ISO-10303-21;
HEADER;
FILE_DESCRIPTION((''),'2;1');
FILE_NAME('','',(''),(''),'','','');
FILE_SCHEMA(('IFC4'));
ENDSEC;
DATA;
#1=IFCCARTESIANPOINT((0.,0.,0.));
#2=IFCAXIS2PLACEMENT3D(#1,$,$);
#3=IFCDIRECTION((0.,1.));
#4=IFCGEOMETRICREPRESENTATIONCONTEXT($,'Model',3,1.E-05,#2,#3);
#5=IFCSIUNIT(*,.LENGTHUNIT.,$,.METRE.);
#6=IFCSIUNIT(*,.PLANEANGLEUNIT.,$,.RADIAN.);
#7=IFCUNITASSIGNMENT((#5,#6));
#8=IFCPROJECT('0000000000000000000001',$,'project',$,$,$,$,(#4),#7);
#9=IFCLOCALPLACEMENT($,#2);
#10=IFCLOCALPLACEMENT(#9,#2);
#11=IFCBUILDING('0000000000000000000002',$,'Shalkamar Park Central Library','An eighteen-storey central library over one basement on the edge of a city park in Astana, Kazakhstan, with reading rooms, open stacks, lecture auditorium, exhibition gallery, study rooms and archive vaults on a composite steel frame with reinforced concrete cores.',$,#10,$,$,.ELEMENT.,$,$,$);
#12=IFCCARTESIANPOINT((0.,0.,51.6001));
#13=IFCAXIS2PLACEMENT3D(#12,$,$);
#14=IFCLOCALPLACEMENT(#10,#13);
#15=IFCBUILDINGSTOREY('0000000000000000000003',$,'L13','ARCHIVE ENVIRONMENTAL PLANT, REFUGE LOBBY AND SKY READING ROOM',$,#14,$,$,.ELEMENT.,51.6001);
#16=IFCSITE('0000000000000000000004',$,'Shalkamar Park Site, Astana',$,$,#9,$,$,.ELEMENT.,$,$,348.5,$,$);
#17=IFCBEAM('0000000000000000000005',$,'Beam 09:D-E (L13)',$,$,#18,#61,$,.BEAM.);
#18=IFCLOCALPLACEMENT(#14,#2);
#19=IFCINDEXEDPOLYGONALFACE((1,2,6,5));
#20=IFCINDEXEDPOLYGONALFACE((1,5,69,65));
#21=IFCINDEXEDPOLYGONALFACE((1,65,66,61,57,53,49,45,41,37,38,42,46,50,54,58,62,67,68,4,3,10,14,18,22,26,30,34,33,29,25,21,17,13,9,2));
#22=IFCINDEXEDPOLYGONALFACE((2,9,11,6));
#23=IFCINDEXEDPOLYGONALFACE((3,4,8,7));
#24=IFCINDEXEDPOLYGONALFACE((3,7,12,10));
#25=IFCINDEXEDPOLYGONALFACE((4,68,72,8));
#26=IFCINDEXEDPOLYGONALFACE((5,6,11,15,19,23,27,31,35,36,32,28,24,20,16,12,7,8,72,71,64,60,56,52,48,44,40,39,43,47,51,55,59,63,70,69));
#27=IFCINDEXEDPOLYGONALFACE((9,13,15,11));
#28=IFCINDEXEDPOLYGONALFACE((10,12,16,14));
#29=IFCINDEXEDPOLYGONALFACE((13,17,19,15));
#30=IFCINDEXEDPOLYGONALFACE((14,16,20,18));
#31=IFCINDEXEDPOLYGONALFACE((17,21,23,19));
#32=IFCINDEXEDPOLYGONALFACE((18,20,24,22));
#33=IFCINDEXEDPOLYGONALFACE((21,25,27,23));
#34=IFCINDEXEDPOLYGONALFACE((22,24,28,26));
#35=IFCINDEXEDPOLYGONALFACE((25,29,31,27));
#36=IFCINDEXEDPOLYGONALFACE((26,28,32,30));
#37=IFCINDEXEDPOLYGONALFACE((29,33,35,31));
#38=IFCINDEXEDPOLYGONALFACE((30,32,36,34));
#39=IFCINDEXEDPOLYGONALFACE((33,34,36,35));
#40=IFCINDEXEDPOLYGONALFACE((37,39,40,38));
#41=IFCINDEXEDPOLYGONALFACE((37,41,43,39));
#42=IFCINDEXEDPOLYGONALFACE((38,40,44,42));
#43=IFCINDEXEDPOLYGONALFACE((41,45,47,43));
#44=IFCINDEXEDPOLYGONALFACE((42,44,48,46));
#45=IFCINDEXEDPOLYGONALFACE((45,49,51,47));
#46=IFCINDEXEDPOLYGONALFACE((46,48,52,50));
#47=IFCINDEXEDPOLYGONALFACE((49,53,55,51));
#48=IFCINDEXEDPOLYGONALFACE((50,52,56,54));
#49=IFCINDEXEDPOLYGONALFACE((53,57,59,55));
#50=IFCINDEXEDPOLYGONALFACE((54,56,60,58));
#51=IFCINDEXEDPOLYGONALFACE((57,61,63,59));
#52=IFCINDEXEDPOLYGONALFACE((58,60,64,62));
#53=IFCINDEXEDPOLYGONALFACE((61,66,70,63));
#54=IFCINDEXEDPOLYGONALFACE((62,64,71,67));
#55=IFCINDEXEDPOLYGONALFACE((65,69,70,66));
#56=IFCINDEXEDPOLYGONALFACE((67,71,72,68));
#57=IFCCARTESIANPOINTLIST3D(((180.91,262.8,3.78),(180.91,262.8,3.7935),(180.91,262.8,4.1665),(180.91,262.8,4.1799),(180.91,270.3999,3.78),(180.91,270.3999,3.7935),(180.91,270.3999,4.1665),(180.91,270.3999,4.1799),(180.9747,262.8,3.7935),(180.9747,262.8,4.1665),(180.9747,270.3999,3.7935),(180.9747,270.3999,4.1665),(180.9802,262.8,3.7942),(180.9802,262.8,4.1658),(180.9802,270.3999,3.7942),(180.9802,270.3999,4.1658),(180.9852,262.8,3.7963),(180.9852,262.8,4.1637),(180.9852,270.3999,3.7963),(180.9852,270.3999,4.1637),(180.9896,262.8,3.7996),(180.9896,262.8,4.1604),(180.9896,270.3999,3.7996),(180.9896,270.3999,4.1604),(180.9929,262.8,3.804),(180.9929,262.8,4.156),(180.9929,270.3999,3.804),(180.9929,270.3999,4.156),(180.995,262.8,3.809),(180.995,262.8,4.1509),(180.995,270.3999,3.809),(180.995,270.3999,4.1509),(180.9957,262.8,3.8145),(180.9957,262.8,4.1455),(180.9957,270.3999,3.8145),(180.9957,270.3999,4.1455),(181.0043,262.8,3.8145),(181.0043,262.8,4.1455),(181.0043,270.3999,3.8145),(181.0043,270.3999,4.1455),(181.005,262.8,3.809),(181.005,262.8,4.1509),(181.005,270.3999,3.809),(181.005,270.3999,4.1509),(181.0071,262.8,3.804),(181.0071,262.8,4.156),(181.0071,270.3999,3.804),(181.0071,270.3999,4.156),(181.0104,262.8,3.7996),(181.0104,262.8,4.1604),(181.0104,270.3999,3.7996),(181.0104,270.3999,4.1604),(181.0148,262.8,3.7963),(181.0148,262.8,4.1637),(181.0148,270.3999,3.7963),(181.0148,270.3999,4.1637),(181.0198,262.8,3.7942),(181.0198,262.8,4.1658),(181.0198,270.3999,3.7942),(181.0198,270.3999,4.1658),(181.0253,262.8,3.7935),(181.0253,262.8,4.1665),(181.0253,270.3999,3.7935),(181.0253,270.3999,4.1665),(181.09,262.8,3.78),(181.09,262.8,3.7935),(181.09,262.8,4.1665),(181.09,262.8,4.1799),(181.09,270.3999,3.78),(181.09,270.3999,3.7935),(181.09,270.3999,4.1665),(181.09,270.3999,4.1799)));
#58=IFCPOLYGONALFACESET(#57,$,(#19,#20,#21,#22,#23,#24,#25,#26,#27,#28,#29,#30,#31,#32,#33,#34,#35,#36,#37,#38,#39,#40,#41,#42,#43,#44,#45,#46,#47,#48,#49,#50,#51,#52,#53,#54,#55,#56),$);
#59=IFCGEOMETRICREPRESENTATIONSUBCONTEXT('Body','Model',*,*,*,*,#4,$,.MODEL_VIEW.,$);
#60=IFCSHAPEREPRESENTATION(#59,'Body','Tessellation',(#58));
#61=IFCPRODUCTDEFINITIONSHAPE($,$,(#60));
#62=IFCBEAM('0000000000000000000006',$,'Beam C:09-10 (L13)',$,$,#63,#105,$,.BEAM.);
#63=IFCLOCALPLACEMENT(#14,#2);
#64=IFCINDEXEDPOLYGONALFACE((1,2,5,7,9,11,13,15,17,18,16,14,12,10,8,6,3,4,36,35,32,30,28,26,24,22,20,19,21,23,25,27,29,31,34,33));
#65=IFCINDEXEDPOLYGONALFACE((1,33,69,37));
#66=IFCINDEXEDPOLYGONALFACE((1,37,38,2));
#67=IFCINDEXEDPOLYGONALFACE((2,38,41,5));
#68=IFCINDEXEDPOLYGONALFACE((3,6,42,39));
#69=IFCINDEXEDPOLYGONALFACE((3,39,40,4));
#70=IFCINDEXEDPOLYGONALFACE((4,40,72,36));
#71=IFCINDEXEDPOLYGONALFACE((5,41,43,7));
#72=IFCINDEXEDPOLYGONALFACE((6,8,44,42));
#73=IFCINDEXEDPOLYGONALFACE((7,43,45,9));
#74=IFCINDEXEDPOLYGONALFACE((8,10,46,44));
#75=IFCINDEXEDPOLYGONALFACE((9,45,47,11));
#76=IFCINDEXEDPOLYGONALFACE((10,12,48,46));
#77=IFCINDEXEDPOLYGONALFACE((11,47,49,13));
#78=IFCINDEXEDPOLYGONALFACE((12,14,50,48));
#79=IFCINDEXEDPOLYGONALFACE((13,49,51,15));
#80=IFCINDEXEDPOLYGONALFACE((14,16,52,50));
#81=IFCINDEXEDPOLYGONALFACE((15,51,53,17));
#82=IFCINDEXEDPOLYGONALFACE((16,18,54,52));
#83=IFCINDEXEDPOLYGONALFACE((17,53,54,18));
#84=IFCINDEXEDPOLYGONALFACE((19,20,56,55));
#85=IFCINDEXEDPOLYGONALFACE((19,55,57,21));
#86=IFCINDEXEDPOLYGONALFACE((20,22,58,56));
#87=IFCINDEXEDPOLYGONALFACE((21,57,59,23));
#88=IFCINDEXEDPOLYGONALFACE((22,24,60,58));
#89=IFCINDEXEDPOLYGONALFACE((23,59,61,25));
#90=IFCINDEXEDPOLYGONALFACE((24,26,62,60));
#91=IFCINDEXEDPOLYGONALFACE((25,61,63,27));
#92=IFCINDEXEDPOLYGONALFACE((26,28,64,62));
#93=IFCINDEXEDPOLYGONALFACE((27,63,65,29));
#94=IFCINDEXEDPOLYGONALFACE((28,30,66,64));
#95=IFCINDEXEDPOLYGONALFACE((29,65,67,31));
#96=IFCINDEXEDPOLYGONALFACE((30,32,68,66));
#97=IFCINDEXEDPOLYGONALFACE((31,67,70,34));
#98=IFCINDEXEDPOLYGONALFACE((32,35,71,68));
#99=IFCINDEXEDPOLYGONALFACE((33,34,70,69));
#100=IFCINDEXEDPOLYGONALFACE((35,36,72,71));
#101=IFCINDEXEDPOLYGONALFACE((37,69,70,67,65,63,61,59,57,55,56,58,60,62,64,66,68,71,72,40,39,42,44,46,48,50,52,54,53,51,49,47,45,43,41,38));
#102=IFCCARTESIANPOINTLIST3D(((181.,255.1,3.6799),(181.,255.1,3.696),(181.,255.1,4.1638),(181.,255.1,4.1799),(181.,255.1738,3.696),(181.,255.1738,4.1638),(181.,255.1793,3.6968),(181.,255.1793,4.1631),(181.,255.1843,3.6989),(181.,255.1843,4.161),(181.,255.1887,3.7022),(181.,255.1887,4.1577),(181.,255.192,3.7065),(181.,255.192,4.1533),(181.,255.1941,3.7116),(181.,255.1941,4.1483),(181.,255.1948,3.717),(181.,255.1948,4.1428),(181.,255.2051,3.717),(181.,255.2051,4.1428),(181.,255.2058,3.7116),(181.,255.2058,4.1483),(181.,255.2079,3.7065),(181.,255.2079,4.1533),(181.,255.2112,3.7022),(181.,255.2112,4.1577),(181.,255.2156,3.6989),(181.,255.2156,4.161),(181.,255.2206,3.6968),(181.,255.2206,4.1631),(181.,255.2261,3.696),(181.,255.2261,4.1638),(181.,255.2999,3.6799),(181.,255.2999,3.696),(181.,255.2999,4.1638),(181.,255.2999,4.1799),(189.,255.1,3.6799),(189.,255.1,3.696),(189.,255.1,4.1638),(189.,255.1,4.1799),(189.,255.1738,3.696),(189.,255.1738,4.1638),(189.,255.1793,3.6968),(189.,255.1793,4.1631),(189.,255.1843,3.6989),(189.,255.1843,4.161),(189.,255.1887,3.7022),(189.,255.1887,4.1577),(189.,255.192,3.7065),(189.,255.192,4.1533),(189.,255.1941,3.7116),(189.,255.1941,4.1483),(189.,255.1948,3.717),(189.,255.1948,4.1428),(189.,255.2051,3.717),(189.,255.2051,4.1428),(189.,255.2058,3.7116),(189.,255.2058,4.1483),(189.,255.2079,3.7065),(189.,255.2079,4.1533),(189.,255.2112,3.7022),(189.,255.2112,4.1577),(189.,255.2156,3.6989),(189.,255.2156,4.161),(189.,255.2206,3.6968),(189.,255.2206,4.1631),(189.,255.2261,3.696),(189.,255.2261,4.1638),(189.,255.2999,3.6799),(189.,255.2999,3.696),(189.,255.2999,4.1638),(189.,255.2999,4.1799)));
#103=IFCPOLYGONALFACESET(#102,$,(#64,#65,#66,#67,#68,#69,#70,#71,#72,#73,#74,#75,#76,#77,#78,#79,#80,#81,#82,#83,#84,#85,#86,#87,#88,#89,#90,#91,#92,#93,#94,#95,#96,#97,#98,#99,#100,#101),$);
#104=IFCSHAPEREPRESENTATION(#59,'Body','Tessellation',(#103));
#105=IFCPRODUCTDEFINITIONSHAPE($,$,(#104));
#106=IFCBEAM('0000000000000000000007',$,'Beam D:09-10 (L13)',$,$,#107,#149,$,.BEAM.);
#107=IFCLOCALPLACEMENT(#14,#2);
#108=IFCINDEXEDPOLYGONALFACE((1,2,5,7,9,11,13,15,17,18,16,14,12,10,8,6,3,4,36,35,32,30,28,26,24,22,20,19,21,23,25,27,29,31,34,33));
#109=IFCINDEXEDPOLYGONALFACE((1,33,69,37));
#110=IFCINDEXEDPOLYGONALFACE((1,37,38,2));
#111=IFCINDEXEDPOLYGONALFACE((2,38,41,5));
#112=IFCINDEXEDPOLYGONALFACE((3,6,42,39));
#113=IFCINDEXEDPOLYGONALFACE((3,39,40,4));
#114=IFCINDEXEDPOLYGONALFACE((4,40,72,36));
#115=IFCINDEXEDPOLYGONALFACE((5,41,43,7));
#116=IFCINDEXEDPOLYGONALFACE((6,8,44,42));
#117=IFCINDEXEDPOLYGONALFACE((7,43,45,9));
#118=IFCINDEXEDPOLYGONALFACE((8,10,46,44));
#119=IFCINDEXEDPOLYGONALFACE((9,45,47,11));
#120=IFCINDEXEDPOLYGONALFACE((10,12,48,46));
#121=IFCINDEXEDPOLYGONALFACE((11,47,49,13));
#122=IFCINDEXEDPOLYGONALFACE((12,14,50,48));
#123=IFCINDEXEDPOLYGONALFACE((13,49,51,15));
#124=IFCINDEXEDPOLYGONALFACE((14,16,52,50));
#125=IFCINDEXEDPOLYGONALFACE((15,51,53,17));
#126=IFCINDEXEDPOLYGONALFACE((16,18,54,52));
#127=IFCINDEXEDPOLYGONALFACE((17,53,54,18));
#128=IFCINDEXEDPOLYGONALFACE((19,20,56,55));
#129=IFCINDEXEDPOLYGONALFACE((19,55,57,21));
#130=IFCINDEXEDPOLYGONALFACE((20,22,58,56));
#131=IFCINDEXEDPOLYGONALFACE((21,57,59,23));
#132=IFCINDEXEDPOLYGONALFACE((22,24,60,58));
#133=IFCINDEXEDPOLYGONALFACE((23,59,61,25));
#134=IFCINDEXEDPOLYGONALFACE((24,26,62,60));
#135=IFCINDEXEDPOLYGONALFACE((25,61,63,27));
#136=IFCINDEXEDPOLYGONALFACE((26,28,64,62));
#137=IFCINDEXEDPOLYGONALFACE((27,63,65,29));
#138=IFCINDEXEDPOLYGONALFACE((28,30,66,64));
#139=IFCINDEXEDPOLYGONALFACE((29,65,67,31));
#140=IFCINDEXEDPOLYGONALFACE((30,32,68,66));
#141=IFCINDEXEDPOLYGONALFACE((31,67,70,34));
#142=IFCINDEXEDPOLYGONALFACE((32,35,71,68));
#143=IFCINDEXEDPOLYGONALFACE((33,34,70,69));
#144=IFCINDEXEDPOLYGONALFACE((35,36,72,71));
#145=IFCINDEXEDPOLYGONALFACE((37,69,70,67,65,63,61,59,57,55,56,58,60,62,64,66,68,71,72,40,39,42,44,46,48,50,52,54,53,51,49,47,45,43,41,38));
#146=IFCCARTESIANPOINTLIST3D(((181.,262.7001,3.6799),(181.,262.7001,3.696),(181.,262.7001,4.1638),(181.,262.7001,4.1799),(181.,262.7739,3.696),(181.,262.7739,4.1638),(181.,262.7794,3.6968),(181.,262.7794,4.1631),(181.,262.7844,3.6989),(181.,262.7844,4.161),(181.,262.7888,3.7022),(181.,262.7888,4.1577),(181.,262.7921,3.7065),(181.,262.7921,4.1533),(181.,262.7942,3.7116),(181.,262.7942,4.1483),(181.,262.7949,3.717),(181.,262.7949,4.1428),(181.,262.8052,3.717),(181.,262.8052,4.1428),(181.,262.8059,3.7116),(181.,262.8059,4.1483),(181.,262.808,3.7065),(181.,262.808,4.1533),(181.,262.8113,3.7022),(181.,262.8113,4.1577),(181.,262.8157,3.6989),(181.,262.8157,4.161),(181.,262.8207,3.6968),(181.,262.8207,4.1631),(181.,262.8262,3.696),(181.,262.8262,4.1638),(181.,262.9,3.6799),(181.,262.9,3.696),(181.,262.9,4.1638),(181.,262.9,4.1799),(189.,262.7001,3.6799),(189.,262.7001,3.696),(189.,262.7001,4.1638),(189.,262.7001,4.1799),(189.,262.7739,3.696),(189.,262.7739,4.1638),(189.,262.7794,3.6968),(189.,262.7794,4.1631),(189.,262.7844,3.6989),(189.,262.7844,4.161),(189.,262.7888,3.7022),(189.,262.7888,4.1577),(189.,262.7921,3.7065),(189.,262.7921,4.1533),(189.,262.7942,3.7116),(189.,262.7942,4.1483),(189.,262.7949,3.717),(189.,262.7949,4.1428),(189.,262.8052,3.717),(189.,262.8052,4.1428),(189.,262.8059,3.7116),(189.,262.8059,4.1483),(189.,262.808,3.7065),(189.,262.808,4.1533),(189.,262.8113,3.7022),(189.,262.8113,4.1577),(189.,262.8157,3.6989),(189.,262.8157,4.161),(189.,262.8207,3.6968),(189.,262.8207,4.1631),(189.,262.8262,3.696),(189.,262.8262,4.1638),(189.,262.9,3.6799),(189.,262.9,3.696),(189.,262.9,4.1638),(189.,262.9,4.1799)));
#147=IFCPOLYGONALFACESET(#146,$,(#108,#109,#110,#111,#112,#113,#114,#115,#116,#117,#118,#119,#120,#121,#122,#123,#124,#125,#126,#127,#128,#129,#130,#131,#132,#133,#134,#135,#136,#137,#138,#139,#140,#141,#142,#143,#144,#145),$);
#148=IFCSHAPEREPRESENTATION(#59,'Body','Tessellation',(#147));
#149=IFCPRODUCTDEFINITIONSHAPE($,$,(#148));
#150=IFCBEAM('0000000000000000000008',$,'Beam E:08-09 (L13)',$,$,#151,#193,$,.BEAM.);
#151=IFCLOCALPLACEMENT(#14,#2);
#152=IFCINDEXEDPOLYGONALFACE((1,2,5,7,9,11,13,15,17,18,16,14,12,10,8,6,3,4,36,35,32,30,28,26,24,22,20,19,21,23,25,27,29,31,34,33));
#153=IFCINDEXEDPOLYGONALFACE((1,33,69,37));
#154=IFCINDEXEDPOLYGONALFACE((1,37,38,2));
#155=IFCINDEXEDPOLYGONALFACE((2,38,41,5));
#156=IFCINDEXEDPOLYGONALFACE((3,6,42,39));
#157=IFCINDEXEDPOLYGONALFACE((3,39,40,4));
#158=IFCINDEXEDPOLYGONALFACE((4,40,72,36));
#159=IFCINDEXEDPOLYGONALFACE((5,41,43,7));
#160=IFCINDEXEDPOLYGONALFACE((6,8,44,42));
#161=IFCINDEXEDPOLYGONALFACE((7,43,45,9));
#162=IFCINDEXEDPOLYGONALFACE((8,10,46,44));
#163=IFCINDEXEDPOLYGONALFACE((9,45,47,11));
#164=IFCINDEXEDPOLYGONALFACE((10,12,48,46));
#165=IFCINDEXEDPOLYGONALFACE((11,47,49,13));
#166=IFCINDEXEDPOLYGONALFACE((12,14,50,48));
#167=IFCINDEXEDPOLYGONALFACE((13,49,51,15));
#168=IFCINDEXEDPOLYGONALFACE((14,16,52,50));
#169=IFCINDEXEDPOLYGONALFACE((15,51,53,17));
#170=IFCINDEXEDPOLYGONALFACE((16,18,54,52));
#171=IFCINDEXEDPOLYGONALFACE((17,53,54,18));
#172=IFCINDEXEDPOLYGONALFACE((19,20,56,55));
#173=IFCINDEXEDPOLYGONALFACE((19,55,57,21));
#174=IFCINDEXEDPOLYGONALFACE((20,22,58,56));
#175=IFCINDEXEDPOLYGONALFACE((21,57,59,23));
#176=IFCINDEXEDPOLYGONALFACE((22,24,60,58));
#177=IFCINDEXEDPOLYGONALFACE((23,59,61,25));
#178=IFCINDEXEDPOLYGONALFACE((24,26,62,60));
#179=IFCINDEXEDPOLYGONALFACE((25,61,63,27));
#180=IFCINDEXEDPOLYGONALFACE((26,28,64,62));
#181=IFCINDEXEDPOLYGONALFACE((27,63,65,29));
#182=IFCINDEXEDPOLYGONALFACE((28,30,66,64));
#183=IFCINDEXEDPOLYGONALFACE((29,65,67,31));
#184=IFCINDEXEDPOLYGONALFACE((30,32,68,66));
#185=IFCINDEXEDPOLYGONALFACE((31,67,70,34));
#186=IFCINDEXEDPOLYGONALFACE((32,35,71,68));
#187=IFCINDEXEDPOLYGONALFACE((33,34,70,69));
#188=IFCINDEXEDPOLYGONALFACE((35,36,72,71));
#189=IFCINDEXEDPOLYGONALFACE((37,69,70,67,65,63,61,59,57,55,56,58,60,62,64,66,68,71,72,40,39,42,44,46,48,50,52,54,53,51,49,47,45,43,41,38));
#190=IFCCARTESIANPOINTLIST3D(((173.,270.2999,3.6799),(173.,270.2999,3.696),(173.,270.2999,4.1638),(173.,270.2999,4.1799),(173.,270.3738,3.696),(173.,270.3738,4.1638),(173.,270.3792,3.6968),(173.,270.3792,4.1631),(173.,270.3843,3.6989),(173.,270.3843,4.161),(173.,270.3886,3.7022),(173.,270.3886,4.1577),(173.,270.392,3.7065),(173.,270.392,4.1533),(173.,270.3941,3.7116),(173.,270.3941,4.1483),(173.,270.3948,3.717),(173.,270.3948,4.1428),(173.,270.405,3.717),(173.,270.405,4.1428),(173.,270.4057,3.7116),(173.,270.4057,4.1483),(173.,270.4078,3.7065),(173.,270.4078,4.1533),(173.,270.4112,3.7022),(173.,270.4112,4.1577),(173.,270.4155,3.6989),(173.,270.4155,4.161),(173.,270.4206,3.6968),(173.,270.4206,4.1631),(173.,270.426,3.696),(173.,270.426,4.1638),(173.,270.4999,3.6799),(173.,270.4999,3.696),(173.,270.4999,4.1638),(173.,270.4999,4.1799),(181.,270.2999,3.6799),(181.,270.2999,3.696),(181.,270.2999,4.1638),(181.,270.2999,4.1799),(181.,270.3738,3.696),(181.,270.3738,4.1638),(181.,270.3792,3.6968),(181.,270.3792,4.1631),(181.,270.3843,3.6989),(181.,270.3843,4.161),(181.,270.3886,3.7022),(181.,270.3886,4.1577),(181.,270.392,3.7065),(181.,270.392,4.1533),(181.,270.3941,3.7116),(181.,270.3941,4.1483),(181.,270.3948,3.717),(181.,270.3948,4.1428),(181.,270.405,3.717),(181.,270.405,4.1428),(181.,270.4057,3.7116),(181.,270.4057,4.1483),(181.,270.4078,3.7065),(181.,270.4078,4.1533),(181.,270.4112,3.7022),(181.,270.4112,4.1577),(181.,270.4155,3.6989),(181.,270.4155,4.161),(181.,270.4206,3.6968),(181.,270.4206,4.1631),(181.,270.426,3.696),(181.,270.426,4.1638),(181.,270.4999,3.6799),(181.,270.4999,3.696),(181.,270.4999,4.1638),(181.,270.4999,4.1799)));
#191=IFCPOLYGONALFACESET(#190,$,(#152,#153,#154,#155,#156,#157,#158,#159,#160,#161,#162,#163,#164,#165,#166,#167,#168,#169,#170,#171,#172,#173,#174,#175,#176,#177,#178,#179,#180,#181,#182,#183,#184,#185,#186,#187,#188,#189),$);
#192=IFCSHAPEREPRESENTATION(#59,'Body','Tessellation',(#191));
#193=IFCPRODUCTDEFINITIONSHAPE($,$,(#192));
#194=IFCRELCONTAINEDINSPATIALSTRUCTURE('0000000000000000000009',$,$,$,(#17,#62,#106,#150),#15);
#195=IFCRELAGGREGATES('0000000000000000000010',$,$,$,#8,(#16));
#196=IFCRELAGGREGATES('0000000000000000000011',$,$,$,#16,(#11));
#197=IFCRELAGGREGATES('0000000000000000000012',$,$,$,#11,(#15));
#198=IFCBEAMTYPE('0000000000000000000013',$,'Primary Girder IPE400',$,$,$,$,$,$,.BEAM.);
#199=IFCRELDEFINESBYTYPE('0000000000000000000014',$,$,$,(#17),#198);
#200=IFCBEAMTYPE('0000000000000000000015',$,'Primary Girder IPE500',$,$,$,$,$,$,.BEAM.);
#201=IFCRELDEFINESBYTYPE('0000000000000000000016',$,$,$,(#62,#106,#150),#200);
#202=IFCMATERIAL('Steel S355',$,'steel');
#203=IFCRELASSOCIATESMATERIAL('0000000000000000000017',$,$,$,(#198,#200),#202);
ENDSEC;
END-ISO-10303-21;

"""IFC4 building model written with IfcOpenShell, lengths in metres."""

from ifc_helpers import new_model, si_unit, direction, frame, origin, origin_2d, place, context, subcontext, project, spatial, i_section, extrude, material, material_profile, profile_set, type_object, element, save


model = new_model("IFC4")

# Units and contexts
model_context = context("Model", 3, precision=1e-05, world=origin(), true_north=direction((0.0, 1.0)))
body_context = subcontext(model_context, "Body", "Model", "MODEL_VIEW")
ifc_project = project(units=[si_unit("LENGTHUNIT", "METRE"), si_unit("PLANEANGLEUNIT", "RADIAN")], contexts=[model_context])

# Site, building, storey
site_placement = place(None, origin())
site = spatial("IfcSite", under=ifc_project, at=site_placement, Name="Shalkamar Park Site, Astana", CompositionType="ELEMENT", RefElevation=348.5)
building_placement = place(site_placement, origin())
building = spatial("IfcBuilding", under=site, at=building_placement, Name="Shalkamar Park Central Library", Description="An eighteen-storey central library over one basement on the edge of a city park in Astana, Kazakhstan, with reading rooms, open stacks, lecture auditorium, exhibition gallery, study rooms and archive vaults on a composite steel frame with reinforced concrete cores.", CompositionType="ELEMENT")
storey_placement = place(building_placement, frame((0.0, 0.0, 51.6001)))
storey = spatial("IfcBuildingStorey", under=building, at=storey_placement, Name="L13", Description="ARCHIVE ENVIRONMENTAL PLANT, REFUGE LOBBY AND SKY READING ROOM", CompositionType="ELEMENT", Elevation=51.6001)

# Shared definitions
ifc_material_1 = material(Name="Steel S355", Category="steel")

# Beams
ifc_material_profile_1 = material_profile(ifc_material_1, i_section(OverallWidth=0.1799, OverallDepth=0.3999, WebThickness=0.0085, FlangeThickness=0.0134, FilletRadius=0.021, at=origin_2d()), Name="IPE 400")
ifc_profile_set_1 = profile_set([ifc_material_profile_1], Name="Steel S355")
beam_type_1 = type_object("IfcBeamType", Name="Primary Girder IPE400", PredefinedType="BEAM", material=ifc_profile_set_1)
beam_1_placement = place(storey_placement, frame((181.0, 262.8, 3.98), z_axis=(0.0, 1.0, 0.0), x_axis=(-1.0, 0.0, 0.0)))
element("IfcBeam", 1, at=beam_1_placement, inside=storey, type_object=beam_type_1, Name="Beam 09:D-E (L13)", PredefinedType="BEAM", context=body_context, shape_type="SweptSolid", body=[
    extrude(i_section(OverallWidth=0.1799, OverallDepth=0.3999, WebThickness=0.0085, FlangeThickness=0.0134, FilletRadius=0.021, at=origin_2d()), origin(), (0.0, 0.0, 1.0), 7.5999),
])
ifc_material_profile_2 = material_profile(ifc_material_1, i_section(OverallWidth=0.2, OverallDepth=0.5, WebThickness=0.0103, FlangeThickness=0.0161, FilletRadius=0.021, at=origin_2d()), Name="IPE 500")
ifc_profile_set_2 = profile_set([ifc_material_profile_2], Name="Steel S355")
beam_type_2 = type_object("IfcBeamType", Name="Primary Girder IPE500", PredefinedType="BEAM", material=ifc_profile_set_2)
for number, where, z_axis, x_axis, name in (
    (2, (181.0, 255.2, 3.9299), (1.0, 0.0, 0.0), (0.0, 1.0, 0.0), "Beam C:09-10 (L13)"),
    (3, (181.0, 262.8, 3.9299), (1.0, 0.0, 0.0), (0.0, 1.0, 0.0), "Beam D:09-10 (L13)"),
    (4, (173.0, 270.3999, 3.9299), (1.0, 0.0, 0.0), (0.0, 1.0, 0.0), "Beam E:08-09 (L13)"),
):
    element("IfcBeam", number, at=place(storey_placement, frame(where, z_axis=z_axis, x_axis=x_axis)), inside=storey, type_object=beam_type_2, Name=name, PredefinedType="BEAM", context=body_context, shape_type="SweptSolid", body=[
        extrude(i_section(OverallWidth=0.2, OverallDepth=0.5, WebThickness=0.0103, FlangeThickness=0.0161, FilletRadius=0.021, at=origin_2d()), origin(), (0.0, 0.0, 1.0), 8.0),
    ])

save(model, "model.ifc")
